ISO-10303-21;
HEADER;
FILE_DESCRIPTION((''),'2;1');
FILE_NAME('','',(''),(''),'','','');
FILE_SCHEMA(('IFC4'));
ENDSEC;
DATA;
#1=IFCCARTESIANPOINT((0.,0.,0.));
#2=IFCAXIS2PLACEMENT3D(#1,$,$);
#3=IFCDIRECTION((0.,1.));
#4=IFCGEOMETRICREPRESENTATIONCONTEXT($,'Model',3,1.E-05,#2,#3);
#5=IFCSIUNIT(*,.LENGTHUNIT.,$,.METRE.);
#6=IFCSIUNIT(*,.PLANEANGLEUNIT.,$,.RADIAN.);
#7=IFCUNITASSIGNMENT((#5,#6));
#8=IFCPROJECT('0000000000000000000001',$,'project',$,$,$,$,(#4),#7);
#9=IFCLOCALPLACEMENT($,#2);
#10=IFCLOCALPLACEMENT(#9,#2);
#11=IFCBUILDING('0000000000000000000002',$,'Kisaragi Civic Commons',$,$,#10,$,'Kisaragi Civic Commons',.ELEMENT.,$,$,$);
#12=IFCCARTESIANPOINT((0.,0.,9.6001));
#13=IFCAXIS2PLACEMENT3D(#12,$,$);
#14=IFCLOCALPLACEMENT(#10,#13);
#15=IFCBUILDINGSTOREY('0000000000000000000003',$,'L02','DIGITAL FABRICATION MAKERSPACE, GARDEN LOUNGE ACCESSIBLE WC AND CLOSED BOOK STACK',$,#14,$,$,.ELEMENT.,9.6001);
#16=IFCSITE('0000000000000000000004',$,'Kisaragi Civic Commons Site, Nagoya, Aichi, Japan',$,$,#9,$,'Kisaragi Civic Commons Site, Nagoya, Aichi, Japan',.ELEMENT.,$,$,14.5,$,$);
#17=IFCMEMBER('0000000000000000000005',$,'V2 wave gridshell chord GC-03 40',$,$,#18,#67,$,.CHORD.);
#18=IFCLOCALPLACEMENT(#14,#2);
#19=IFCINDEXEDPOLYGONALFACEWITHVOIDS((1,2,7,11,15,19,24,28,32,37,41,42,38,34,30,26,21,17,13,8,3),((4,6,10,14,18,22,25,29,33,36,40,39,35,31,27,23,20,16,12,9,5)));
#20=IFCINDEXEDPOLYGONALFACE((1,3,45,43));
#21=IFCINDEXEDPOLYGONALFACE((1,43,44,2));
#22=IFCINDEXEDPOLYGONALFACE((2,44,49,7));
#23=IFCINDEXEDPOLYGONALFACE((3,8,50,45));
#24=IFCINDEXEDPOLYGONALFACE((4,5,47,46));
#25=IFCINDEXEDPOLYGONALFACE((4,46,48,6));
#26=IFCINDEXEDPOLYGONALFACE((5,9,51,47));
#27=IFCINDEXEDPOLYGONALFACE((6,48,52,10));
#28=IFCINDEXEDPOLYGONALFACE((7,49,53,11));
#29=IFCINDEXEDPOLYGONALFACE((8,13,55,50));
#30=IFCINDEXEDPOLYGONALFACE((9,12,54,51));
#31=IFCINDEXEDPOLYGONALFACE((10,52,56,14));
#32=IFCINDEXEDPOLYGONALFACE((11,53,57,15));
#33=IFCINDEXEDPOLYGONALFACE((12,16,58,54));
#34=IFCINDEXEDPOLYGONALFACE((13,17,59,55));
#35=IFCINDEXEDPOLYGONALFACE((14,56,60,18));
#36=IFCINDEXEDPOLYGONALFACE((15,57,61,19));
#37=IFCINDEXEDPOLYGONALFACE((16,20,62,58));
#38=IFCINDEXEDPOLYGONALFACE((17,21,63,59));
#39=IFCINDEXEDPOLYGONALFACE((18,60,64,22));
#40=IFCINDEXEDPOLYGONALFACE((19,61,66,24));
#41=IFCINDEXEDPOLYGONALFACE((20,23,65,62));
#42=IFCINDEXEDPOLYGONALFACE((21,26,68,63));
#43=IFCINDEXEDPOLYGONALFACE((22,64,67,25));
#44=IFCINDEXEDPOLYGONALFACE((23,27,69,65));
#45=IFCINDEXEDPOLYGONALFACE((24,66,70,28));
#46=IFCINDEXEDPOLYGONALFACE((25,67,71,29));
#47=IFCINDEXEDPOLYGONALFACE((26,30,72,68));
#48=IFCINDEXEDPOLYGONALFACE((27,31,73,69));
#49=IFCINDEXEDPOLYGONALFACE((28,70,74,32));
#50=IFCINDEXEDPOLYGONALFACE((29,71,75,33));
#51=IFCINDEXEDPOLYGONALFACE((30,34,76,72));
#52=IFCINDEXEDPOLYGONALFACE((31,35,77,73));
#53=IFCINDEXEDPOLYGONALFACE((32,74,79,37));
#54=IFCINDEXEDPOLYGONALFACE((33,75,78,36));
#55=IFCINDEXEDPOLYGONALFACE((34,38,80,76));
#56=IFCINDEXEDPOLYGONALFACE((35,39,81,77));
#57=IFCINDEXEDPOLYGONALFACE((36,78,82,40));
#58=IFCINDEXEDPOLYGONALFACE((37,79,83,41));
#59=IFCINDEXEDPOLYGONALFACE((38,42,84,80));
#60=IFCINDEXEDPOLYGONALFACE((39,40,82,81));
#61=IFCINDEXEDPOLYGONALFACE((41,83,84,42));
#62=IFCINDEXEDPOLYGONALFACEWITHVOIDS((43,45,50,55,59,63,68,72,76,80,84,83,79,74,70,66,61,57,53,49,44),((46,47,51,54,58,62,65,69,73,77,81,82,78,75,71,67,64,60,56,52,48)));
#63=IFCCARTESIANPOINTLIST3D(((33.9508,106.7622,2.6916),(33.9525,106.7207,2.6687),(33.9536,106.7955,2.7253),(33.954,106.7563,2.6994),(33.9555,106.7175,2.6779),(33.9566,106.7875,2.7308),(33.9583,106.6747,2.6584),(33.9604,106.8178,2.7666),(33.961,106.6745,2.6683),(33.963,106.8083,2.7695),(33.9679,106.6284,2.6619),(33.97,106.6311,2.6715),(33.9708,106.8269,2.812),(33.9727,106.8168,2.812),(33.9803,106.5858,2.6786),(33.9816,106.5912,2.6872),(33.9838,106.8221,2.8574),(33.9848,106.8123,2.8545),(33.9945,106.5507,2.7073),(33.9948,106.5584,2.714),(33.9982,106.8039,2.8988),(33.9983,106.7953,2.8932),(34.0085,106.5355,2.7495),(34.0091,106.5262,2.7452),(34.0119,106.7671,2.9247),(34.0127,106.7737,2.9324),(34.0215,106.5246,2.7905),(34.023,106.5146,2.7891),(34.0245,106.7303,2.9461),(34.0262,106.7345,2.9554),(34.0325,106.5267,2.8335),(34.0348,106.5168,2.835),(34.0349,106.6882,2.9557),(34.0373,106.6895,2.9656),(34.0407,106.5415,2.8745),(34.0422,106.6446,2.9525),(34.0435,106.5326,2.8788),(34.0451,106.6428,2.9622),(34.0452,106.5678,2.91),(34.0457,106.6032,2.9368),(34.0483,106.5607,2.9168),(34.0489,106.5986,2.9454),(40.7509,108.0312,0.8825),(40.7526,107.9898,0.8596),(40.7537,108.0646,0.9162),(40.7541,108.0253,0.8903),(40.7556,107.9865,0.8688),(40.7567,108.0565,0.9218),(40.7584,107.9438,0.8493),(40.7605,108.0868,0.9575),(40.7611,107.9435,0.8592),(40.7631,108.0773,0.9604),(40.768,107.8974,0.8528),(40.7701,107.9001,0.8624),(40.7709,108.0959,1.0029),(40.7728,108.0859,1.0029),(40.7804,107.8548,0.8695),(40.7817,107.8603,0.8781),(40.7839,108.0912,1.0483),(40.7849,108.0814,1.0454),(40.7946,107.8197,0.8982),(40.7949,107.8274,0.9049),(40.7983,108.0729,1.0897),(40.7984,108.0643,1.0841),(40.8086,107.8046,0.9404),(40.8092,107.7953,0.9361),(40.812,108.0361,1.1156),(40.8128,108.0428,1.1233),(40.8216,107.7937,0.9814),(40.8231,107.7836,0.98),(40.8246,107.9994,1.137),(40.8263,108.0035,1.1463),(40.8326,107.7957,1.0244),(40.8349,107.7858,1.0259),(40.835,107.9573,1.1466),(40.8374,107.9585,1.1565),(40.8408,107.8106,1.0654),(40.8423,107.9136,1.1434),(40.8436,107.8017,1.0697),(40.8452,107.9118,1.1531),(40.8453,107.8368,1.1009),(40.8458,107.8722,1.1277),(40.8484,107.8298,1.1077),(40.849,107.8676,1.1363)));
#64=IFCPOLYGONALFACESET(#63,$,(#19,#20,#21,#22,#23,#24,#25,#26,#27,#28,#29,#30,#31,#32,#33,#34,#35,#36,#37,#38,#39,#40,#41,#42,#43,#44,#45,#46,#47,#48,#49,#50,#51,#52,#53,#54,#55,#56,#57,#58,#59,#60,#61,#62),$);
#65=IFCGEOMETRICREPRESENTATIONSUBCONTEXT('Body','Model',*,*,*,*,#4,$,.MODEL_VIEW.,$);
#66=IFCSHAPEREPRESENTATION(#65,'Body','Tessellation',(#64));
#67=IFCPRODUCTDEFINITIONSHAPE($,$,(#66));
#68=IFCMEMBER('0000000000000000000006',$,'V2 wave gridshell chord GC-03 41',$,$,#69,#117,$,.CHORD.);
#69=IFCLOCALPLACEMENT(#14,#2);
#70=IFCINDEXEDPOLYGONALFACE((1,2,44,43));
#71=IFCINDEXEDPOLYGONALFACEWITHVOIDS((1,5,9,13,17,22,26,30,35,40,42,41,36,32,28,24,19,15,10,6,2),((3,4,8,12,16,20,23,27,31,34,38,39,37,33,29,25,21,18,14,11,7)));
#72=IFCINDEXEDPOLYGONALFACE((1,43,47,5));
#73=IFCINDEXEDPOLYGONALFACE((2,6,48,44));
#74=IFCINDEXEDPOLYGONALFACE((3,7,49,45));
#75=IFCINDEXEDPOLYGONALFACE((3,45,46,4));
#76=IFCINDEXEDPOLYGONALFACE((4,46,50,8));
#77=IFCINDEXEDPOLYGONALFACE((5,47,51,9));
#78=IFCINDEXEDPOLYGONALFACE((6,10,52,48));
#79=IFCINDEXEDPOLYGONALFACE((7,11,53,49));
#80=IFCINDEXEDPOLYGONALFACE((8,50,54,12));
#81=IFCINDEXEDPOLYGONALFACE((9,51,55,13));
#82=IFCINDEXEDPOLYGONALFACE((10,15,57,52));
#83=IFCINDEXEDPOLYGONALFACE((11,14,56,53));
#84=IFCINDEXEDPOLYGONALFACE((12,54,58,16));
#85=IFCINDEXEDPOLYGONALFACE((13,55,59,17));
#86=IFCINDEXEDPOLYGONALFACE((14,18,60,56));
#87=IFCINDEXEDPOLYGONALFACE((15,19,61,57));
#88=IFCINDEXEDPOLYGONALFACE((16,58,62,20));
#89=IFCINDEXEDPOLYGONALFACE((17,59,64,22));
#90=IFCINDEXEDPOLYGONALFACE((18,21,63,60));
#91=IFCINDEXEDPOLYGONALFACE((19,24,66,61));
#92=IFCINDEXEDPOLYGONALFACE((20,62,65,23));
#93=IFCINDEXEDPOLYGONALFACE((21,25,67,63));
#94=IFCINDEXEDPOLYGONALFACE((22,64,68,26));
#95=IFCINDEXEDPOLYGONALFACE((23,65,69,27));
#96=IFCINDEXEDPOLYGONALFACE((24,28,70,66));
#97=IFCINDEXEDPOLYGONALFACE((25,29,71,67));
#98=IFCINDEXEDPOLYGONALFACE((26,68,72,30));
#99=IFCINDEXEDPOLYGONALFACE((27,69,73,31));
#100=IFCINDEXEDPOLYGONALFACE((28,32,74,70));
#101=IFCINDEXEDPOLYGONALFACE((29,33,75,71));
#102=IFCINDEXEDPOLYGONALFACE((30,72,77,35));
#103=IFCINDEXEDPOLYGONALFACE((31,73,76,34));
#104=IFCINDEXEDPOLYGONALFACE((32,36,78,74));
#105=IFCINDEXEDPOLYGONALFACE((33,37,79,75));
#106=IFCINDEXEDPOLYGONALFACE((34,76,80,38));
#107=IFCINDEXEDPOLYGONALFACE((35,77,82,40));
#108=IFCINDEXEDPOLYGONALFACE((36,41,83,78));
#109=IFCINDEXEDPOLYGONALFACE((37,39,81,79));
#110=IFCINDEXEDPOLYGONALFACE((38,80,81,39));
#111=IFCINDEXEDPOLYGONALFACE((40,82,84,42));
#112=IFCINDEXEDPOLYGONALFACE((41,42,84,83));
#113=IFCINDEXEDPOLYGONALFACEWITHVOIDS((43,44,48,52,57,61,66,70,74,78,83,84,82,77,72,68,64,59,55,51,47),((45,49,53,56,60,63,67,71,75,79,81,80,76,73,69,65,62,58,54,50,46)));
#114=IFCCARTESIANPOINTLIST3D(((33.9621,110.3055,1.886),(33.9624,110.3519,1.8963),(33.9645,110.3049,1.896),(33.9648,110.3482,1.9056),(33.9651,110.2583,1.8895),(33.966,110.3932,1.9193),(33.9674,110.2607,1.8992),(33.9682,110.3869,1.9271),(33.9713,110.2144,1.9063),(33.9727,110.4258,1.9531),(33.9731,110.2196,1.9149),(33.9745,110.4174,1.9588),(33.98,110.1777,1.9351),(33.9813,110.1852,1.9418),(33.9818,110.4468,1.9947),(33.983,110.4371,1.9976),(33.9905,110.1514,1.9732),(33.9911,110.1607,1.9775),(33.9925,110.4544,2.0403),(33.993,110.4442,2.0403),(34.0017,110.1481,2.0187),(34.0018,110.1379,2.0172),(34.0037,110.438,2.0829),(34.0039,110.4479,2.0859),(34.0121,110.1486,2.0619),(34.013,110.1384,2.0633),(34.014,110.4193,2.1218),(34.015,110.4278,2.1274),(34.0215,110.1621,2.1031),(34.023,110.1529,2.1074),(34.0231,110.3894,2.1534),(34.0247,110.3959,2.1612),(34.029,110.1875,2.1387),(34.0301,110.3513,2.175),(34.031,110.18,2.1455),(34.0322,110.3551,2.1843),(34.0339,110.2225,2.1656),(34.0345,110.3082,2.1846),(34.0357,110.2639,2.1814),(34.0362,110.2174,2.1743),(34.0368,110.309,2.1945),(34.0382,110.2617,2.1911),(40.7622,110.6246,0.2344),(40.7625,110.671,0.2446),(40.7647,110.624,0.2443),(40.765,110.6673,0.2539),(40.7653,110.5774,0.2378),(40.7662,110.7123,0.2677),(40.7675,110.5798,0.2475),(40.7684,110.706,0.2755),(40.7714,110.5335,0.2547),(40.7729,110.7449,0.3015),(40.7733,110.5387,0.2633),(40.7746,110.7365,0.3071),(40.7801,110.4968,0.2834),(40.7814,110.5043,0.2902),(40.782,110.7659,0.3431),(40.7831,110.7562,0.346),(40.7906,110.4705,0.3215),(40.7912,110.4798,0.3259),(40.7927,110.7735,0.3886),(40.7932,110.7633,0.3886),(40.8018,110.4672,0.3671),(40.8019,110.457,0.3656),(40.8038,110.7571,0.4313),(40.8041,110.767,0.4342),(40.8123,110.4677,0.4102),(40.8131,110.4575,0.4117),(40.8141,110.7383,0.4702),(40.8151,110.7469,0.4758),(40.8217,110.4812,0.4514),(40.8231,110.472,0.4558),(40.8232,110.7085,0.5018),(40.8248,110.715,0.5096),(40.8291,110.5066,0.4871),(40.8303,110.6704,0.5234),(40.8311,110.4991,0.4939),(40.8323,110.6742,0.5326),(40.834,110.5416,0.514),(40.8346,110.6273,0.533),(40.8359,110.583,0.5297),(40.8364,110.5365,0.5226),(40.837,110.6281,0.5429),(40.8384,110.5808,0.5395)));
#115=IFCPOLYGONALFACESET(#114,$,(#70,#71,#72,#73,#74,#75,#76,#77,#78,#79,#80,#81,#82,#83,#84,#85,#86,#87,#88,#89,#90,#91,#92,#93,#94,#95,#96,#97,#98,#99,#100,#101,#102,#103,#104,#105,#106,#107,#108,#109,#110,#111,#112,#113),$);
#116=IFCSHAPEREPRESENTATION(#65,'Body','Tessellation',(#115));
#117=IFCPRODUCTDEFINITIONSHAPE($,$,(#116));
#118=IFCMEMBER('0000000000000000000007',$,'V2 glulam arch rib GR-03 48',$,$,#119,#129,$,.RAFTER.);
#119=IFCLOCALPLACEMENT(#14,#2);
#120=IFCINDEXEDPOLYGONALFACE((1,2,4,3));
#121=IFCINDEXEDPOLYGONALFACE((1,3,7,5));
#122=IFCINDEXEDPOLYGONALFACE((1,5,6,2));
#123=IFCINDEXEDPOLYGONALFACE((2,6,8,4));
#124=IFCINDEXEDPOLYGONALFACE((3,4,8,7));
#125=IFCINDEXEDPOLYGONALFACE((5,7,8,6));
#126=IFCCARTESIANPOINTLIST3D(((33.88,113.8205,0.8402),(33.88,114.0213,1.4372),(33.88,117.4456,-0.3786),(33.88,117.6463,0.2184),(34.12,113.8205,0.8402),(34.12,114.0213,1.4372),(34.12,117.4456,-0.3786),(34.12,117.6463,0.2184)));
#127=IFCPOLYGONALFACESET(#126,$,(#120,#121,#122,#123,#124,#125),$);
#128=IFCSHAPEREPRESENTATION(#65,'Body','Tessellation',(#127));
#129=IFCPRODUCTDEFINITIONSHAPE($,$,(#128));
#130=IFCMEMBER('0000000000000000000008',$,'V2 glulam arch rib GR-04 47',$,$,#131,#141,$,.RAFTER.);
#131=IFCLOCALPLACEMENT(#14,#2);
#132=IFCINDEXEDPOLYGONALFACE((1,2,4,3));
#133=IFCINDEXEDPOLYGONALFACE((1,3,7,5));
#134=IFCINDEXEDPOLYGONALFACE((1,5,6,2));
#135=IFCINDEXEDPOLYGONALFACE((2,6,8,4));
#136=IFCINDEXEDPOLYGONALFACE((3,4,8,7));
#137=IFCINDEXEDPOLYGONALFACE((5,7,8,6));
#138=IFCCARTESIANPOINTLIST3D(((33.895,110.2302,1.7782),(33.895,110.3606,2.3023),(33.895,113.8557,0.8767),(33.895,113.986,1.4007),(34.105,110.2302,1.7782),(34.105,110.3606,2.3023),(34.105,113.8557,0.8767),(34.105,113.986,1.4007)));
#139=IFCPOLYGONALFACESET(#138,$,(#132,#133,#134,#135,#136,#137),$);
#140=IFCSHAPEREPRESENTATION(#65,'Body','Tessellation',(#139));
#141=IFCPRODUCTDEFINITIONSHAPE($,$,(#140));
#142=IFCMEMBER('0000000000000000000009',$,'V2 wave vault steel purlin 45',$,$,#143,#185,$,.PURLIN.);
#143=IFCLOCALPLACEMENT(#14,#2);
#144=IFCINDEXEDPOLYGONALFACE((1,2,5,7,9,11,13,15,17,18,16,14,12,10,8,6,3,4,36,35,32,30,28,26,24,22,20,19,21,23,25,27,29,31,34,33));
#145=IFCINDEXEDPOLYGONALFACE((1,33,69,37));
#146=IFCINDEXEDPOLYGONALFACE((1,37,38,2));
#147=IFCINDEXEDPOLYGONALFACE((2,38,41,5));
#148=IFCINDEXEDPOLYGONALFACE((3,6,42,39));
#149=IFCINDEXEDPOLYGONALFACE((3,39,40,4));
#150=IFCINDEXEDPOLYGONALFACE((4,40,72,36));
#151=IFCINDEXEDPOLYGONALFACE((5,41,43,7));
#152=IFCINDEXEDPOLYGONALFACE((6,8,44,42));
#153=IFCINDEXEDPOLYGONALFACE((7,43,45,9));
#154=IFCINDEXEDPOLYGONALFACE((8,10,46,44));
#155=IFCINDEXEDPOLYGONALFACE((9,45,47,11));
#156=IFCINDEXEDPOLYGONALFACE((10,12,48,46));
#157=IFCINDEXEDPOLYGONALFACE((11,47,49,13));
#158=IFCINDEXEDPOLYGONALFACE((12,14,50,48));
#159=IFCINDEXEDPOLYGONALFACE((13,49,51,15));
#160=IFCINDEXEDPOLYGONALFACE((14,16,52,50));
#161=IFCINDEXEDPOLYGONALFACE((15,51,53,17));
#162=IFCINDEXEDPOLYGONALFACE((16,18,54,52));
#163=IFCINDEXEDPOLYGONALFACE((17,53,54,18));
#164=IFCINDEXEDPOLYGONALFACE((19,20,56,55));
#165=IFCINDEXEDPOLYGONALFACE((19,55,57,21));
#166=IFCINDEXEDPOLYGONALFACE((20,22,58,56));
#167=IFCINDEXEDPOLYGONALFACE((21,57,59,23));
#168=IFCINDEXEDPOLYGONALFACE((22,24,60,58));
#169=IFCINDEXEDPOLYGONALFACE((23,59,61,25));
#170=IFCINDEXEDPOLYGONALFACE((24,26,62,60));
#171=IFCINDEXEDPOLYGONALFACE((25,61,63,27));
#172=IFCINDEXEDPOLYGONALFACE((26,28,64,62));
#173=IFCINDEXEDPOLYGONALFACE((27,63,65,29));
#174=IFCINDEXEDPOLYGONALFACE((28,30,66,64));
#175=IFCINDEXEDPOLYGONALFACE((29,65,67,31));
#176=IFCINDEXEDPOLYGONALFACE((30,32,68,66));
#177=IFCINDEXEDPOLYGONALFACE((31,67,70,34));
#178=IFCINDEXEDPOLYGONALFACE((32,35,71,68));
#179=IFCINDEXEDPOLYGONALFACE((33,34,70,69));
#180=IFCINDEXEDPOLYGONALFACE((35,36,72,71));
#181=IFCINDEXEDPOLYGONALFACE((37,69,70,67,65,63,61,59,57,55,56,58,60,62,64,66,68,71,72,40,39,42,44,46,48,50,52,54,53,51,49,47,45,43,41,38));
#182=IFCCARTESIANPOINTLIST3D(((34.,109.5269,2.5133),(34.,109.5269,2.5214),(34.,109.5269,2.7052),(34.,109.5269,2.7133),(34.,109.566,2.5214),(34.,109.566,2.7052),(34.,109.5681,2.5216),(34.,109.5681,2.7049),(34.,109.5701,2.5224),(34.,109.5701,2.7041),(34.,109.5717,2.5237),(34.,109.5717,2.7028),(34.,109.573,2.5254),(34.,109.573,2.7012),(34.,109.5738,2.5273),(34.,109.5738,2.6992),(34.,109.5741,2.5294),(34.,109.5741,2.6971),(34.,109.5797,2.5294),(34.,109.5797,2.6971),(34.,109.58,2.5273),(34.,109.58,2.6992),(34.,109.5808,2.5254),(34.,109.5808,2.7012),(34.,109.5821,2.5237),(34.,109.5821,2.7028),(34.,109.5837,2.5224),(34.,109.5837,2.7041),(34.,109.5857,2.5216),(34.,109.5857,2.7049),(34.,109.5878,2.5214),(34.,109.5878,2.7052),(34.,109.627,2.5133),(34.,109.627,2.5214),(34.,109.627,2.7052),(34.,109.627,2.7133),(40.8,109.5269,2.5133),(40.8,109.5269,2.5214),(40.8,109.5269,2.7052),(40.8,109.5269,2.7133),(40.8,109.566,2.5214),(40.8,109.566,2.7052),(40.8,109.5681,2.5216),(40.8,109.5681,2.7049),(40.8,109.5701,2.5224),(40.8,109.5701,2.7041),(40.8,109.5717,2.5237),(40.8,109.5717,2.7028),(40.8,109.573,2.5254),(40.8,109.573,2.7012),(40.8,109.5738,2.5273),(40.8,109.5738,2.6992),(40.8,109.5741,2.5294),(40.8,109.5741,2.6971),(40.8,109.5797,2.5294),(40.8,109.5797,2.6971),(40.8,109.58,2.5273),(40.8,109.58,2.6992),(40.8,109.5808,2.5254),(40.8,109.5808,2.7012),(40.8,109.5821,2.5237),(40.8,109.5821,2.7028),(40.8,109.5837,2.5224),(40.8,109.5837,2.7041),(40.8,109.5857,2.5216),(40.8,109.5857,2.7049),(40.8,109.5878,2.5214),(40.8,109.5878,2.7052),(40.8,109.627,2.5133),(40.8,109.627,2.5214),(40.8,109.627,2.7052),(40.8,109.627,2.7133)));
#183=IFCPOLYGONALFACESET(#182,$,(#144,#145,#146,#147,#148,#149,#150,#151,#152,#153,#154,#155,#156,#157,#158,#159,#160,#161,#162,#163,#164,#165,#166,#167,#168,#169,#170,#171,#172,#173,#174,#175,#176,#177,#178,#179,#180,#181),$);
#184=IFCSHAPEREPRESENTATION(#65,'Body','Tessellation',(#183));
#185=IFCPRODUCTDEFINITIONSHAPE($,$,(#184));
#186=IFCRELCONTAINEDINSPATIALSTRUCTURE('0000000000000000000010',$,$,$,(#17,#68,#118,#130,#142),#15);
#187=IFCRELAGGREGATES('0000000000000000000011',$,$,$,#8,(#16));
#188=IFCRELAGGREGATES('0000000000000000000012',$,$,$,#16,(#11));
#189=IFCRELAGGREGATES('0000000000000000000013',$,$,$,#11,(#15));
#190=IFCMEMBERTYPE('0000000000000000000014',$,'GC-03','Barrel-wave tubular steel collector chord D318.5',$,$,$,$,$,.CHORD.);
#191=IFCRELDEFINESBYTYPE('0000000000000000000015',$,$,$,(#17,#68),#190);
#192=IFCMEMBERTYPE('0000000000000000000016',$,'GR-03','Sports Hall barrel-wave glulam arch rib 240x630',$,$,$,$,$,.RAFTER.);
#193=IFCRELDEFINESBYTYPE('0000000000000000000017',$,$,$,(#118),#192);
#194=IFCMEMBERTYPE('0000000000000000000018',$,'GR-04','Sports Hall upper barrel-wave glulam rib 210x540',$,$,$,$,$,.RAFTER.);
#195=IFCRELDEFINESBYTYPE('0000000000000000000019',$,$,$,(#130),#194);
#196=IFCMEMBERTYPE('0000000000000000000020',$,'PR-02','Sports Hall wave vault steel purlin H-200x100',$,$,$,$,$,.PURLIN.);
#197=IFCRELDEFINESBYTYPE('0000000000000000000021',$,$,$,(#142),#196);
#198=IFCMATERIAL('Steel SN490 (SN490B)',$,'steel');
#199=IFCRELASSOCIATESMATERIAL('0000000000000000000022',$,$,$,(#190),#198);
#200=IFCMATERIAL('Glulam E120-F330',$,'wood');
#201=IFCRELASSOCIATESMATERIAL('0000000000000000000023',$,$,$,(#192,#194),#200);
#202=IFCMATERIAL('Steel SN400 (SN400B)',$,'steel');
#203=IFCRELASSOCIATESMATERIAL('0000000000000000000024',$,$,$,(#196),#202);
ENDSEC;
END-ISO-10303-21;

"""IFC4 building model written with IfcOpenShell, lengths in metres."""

from ifc_helpers import new_model, si_unit, direction, frame, origin, origin_2d, place, context, subcontext, project, spatial, rectangle, hollow_circle, i_section, extrude, material, material_profile, profile_set, type_object, element, save


model = new_model("IFC4")

# Units and contexts
model_context = context("Model", 3, precision=1e-05, world=origin(), true_north=direction((0.0, 1.0)))
body_context = subcontext(model_context, "Body", "Model", "MODEL_VIEW")
ifc_project = project(units=[si_unit("LENGTHUNIT", "METRE"), si_unit("PLANEANGLEUNIT", "RADIAN")], contexts=[model_context])

# Site, building, storey
site_placement = place(None, origin())
site = spatial("IfcSite", under=ifc_project, at=site_placement, Name="Kisaragi Civic Commons Site, Nagoya, Aichi, Japan", LongName="Kisaragi Civic Commons Site, Nagoya, Aichi, Japan", CompositionType="ELEMENT", RefElevation=14.5)
building_placement = place(site_placement, origin())
building = spatial("IfcBuilding", under=site, at=building_placement, Name="Kisaragi Civic Commons", LongName="Kisaragi Civic Commons", CompositionType="ELEMENT")
storey_placement = place(building_placement, frame((0.0, 0.0, 9.6001)))
storey = spatial("IfcBuildingStorey", under=building, at=storey_placement, Name="L02", Description="DIGITAL FABRICATION MAKERSPACE, GARDEN LOUNGE ACCESSIBLE WC AND CLOSED BOOK STACK", CompositionType="ELEMENT", Elevation=9.6001)

# Members
ifc_material_1 = material(Name="Steel SN490 (SN490B)", Category="steel")
ifc_material_profile_1 = material_profile(ifc_material_1, hollow_circle(Radius=0.1592, WallThickness=0.0103, at=origin_2d()), Name="CHS-318.5x10.3", Category="steel")
ifc_profile_set_1 = profile_set([ifc_material_profile_1], Name="Steel SN490 (SN490B)")
member_type_1 = type_object("IfcMemberType", Name="GC-03", Description="Barrel-wave tubular steel collector chord D318.5", PredefinedType="CHORD", material=ifc_profile_set_1)
member_1_placement = place(storey_placement, frame((34.0, 106.6704, 2.812), z_axis=(0.951043, 0.177486, -0.253015), x_axis=(-0.183455, 0.983028, 0.0)))
element("IfcMember", 1, at=member_1_placement, inside=storey, type_object=member_type_1, Name="V2 wave gridshell chord GC-03 40", PredefinedType="CHORD", context=body_context, shape_type="SweptSolid", body=[
    extrude(hollow_circle(Radius=0.1592, WallThickness=0.0103, at=origin_2d()), origin(), (0.0, 0.0, 1.0), 7.1501),
])
member_2_placement = place(storey_placement, frame((34.0, 110.2954, 2.0403), z_axis=(0.970739, 0.045552, -0.235775), x_axis=(-0.046873, 0.998901, 0.0)))
element("IfcMember", 2, at=member_2_placement, inside=storey, type_object=member_type_1, Name="V2 wave gridshell chord GC-03 41", PredefinedType="CHORD", context=body_context, shape_type="SweptSolid", body=[
    extrude(hollow_circle(Radius=0.1592, WallThickness=0.0103, at=origin_2d()), origin(), (0.0, 0.0, 1.0), 7.0051),
])
ifc_material_2 = material(Name="Glulam E120-F330", Category="wood")
ifc_material_profile_2 = material_profile(ifc_material_2, rectangle(XDim=0.24, YDim=0.6299, at=origin_2d()), Name="GL-240x630", Category="wood")
ifc_profile_set_2 = profile_set([ifc_material_profile_2], Name="Glulam E120-F330")
member_type_2 = type_object("IfcMemberType", Name="GR-03", Description="Sports Hall barrel-wave glulam arch rib 240x630", PredefinedType="RAFTER", material=ifc_profile_set_2)
member_3_placement = place(storey_placement, frame((34.0, 113.9209, 1.1387), z_axis=(0.0, 0.947863, -0.318678), x_axis=(-1.0, 0.0, 0.0)))
element("IfcMember", 3, at=member_3_placement, inside=storey, type_object=member_type_2, Name="V2 glulam arch rib GR-03 48", PredefinedType="RAFTER", context=body_context, shape_type="SweptSolid", body=[
    extrude(rectangle(XDim=0.24, YDim=0.6299, at=origin_2d()), origin(), (0.0, 0.0, 1.0), 3.8245),
])
ifc_material_profile_3 = material_profile(ifc_material_2, rectangle(XDim=0.21, YDim=0.54, at=origin_2d()), Name="GL-210x540", Category="wood")
ifc_profile_set_3 = profile_set([ifc_material_profile_3], Name="Glulam E120-F330")
member_type_3 = type_object("IfcMemberType", Name="GR-04", Description="Sports Hall upper barrel-wave glulam rib 210x540", PredefinedType="RAFTER", material=ifc_profile_set_3)
member_4_placement = place(storey_placement, frame((34.0, 110.2954, 2.0403), z_axis=(0.0, 0.970442, -0.241336), x_axis=(-1.0, 0.0, 0.0)))
element("IfcMember", 4, at=member_4_placement, inside=storey, type_object=member_type_3, Name="V2 glulam arch rib GR-04 47", PredefinedType="RAFTER", context=body_context, shape_type="SweptSolid", body=[
    extrude(rectangle(XDim=0.21, YDim=0.54, at=origin_2d()), origin(), (0.0, 0.0, 1.0), 3.7358),
])
ifc_material_3 = material(Name="Steel SN400 (SN400B)", Category="steel")
ifc_material_profile_4 = material_profile(ifc_material_3, i_section(OverallWidth=0.1001, OverallDepth=0.2, WebThickness=0.0056, FlangeThickness=0.0081, FilletRadius=0.0081, at=origin_2d()), Name="H-200x100x5.5x8", Category="steel")
ifc_profile_set_4 = profile_set([ifc_material_profile_4], Name="Steel SN400 (SN400B)")
member_type_4 = type_object("IfcMemberType", Name="PR-02", Description="Sports Hall wave vault steel purlin H-200x100", PredefinedType="PURLIN", material=ifc_profile_set_4)
for number, where, z_axis, x_axis, name in (
    (5, (34.0, 109.5769, 2.6133), (1.0, 0.0, 0.0), (0.0, 1.0, 0.0), "V2 wave vault steel purlin 45"),
):
    element("IfcMember", number, at=place(storey_placement, frame(where, z_axis=z_axis, x_axis=x_axis)), inside=storey, type_object=member_type_4, Name=name, PredefinedType="PURLIN", context=body_context, shape_type="SweptSolid", body=[
        extrude(i_section(OverallWidth=0.1001, OverallDepth=0.2, WebThickness=0.0056, FlangeThickness=0.0081, FilletRadius=0.0081, at=origin_2d()), origin(), (0.0, 0.0, 1.0), 6.8),
    ])

save(model, "model.ifc")
